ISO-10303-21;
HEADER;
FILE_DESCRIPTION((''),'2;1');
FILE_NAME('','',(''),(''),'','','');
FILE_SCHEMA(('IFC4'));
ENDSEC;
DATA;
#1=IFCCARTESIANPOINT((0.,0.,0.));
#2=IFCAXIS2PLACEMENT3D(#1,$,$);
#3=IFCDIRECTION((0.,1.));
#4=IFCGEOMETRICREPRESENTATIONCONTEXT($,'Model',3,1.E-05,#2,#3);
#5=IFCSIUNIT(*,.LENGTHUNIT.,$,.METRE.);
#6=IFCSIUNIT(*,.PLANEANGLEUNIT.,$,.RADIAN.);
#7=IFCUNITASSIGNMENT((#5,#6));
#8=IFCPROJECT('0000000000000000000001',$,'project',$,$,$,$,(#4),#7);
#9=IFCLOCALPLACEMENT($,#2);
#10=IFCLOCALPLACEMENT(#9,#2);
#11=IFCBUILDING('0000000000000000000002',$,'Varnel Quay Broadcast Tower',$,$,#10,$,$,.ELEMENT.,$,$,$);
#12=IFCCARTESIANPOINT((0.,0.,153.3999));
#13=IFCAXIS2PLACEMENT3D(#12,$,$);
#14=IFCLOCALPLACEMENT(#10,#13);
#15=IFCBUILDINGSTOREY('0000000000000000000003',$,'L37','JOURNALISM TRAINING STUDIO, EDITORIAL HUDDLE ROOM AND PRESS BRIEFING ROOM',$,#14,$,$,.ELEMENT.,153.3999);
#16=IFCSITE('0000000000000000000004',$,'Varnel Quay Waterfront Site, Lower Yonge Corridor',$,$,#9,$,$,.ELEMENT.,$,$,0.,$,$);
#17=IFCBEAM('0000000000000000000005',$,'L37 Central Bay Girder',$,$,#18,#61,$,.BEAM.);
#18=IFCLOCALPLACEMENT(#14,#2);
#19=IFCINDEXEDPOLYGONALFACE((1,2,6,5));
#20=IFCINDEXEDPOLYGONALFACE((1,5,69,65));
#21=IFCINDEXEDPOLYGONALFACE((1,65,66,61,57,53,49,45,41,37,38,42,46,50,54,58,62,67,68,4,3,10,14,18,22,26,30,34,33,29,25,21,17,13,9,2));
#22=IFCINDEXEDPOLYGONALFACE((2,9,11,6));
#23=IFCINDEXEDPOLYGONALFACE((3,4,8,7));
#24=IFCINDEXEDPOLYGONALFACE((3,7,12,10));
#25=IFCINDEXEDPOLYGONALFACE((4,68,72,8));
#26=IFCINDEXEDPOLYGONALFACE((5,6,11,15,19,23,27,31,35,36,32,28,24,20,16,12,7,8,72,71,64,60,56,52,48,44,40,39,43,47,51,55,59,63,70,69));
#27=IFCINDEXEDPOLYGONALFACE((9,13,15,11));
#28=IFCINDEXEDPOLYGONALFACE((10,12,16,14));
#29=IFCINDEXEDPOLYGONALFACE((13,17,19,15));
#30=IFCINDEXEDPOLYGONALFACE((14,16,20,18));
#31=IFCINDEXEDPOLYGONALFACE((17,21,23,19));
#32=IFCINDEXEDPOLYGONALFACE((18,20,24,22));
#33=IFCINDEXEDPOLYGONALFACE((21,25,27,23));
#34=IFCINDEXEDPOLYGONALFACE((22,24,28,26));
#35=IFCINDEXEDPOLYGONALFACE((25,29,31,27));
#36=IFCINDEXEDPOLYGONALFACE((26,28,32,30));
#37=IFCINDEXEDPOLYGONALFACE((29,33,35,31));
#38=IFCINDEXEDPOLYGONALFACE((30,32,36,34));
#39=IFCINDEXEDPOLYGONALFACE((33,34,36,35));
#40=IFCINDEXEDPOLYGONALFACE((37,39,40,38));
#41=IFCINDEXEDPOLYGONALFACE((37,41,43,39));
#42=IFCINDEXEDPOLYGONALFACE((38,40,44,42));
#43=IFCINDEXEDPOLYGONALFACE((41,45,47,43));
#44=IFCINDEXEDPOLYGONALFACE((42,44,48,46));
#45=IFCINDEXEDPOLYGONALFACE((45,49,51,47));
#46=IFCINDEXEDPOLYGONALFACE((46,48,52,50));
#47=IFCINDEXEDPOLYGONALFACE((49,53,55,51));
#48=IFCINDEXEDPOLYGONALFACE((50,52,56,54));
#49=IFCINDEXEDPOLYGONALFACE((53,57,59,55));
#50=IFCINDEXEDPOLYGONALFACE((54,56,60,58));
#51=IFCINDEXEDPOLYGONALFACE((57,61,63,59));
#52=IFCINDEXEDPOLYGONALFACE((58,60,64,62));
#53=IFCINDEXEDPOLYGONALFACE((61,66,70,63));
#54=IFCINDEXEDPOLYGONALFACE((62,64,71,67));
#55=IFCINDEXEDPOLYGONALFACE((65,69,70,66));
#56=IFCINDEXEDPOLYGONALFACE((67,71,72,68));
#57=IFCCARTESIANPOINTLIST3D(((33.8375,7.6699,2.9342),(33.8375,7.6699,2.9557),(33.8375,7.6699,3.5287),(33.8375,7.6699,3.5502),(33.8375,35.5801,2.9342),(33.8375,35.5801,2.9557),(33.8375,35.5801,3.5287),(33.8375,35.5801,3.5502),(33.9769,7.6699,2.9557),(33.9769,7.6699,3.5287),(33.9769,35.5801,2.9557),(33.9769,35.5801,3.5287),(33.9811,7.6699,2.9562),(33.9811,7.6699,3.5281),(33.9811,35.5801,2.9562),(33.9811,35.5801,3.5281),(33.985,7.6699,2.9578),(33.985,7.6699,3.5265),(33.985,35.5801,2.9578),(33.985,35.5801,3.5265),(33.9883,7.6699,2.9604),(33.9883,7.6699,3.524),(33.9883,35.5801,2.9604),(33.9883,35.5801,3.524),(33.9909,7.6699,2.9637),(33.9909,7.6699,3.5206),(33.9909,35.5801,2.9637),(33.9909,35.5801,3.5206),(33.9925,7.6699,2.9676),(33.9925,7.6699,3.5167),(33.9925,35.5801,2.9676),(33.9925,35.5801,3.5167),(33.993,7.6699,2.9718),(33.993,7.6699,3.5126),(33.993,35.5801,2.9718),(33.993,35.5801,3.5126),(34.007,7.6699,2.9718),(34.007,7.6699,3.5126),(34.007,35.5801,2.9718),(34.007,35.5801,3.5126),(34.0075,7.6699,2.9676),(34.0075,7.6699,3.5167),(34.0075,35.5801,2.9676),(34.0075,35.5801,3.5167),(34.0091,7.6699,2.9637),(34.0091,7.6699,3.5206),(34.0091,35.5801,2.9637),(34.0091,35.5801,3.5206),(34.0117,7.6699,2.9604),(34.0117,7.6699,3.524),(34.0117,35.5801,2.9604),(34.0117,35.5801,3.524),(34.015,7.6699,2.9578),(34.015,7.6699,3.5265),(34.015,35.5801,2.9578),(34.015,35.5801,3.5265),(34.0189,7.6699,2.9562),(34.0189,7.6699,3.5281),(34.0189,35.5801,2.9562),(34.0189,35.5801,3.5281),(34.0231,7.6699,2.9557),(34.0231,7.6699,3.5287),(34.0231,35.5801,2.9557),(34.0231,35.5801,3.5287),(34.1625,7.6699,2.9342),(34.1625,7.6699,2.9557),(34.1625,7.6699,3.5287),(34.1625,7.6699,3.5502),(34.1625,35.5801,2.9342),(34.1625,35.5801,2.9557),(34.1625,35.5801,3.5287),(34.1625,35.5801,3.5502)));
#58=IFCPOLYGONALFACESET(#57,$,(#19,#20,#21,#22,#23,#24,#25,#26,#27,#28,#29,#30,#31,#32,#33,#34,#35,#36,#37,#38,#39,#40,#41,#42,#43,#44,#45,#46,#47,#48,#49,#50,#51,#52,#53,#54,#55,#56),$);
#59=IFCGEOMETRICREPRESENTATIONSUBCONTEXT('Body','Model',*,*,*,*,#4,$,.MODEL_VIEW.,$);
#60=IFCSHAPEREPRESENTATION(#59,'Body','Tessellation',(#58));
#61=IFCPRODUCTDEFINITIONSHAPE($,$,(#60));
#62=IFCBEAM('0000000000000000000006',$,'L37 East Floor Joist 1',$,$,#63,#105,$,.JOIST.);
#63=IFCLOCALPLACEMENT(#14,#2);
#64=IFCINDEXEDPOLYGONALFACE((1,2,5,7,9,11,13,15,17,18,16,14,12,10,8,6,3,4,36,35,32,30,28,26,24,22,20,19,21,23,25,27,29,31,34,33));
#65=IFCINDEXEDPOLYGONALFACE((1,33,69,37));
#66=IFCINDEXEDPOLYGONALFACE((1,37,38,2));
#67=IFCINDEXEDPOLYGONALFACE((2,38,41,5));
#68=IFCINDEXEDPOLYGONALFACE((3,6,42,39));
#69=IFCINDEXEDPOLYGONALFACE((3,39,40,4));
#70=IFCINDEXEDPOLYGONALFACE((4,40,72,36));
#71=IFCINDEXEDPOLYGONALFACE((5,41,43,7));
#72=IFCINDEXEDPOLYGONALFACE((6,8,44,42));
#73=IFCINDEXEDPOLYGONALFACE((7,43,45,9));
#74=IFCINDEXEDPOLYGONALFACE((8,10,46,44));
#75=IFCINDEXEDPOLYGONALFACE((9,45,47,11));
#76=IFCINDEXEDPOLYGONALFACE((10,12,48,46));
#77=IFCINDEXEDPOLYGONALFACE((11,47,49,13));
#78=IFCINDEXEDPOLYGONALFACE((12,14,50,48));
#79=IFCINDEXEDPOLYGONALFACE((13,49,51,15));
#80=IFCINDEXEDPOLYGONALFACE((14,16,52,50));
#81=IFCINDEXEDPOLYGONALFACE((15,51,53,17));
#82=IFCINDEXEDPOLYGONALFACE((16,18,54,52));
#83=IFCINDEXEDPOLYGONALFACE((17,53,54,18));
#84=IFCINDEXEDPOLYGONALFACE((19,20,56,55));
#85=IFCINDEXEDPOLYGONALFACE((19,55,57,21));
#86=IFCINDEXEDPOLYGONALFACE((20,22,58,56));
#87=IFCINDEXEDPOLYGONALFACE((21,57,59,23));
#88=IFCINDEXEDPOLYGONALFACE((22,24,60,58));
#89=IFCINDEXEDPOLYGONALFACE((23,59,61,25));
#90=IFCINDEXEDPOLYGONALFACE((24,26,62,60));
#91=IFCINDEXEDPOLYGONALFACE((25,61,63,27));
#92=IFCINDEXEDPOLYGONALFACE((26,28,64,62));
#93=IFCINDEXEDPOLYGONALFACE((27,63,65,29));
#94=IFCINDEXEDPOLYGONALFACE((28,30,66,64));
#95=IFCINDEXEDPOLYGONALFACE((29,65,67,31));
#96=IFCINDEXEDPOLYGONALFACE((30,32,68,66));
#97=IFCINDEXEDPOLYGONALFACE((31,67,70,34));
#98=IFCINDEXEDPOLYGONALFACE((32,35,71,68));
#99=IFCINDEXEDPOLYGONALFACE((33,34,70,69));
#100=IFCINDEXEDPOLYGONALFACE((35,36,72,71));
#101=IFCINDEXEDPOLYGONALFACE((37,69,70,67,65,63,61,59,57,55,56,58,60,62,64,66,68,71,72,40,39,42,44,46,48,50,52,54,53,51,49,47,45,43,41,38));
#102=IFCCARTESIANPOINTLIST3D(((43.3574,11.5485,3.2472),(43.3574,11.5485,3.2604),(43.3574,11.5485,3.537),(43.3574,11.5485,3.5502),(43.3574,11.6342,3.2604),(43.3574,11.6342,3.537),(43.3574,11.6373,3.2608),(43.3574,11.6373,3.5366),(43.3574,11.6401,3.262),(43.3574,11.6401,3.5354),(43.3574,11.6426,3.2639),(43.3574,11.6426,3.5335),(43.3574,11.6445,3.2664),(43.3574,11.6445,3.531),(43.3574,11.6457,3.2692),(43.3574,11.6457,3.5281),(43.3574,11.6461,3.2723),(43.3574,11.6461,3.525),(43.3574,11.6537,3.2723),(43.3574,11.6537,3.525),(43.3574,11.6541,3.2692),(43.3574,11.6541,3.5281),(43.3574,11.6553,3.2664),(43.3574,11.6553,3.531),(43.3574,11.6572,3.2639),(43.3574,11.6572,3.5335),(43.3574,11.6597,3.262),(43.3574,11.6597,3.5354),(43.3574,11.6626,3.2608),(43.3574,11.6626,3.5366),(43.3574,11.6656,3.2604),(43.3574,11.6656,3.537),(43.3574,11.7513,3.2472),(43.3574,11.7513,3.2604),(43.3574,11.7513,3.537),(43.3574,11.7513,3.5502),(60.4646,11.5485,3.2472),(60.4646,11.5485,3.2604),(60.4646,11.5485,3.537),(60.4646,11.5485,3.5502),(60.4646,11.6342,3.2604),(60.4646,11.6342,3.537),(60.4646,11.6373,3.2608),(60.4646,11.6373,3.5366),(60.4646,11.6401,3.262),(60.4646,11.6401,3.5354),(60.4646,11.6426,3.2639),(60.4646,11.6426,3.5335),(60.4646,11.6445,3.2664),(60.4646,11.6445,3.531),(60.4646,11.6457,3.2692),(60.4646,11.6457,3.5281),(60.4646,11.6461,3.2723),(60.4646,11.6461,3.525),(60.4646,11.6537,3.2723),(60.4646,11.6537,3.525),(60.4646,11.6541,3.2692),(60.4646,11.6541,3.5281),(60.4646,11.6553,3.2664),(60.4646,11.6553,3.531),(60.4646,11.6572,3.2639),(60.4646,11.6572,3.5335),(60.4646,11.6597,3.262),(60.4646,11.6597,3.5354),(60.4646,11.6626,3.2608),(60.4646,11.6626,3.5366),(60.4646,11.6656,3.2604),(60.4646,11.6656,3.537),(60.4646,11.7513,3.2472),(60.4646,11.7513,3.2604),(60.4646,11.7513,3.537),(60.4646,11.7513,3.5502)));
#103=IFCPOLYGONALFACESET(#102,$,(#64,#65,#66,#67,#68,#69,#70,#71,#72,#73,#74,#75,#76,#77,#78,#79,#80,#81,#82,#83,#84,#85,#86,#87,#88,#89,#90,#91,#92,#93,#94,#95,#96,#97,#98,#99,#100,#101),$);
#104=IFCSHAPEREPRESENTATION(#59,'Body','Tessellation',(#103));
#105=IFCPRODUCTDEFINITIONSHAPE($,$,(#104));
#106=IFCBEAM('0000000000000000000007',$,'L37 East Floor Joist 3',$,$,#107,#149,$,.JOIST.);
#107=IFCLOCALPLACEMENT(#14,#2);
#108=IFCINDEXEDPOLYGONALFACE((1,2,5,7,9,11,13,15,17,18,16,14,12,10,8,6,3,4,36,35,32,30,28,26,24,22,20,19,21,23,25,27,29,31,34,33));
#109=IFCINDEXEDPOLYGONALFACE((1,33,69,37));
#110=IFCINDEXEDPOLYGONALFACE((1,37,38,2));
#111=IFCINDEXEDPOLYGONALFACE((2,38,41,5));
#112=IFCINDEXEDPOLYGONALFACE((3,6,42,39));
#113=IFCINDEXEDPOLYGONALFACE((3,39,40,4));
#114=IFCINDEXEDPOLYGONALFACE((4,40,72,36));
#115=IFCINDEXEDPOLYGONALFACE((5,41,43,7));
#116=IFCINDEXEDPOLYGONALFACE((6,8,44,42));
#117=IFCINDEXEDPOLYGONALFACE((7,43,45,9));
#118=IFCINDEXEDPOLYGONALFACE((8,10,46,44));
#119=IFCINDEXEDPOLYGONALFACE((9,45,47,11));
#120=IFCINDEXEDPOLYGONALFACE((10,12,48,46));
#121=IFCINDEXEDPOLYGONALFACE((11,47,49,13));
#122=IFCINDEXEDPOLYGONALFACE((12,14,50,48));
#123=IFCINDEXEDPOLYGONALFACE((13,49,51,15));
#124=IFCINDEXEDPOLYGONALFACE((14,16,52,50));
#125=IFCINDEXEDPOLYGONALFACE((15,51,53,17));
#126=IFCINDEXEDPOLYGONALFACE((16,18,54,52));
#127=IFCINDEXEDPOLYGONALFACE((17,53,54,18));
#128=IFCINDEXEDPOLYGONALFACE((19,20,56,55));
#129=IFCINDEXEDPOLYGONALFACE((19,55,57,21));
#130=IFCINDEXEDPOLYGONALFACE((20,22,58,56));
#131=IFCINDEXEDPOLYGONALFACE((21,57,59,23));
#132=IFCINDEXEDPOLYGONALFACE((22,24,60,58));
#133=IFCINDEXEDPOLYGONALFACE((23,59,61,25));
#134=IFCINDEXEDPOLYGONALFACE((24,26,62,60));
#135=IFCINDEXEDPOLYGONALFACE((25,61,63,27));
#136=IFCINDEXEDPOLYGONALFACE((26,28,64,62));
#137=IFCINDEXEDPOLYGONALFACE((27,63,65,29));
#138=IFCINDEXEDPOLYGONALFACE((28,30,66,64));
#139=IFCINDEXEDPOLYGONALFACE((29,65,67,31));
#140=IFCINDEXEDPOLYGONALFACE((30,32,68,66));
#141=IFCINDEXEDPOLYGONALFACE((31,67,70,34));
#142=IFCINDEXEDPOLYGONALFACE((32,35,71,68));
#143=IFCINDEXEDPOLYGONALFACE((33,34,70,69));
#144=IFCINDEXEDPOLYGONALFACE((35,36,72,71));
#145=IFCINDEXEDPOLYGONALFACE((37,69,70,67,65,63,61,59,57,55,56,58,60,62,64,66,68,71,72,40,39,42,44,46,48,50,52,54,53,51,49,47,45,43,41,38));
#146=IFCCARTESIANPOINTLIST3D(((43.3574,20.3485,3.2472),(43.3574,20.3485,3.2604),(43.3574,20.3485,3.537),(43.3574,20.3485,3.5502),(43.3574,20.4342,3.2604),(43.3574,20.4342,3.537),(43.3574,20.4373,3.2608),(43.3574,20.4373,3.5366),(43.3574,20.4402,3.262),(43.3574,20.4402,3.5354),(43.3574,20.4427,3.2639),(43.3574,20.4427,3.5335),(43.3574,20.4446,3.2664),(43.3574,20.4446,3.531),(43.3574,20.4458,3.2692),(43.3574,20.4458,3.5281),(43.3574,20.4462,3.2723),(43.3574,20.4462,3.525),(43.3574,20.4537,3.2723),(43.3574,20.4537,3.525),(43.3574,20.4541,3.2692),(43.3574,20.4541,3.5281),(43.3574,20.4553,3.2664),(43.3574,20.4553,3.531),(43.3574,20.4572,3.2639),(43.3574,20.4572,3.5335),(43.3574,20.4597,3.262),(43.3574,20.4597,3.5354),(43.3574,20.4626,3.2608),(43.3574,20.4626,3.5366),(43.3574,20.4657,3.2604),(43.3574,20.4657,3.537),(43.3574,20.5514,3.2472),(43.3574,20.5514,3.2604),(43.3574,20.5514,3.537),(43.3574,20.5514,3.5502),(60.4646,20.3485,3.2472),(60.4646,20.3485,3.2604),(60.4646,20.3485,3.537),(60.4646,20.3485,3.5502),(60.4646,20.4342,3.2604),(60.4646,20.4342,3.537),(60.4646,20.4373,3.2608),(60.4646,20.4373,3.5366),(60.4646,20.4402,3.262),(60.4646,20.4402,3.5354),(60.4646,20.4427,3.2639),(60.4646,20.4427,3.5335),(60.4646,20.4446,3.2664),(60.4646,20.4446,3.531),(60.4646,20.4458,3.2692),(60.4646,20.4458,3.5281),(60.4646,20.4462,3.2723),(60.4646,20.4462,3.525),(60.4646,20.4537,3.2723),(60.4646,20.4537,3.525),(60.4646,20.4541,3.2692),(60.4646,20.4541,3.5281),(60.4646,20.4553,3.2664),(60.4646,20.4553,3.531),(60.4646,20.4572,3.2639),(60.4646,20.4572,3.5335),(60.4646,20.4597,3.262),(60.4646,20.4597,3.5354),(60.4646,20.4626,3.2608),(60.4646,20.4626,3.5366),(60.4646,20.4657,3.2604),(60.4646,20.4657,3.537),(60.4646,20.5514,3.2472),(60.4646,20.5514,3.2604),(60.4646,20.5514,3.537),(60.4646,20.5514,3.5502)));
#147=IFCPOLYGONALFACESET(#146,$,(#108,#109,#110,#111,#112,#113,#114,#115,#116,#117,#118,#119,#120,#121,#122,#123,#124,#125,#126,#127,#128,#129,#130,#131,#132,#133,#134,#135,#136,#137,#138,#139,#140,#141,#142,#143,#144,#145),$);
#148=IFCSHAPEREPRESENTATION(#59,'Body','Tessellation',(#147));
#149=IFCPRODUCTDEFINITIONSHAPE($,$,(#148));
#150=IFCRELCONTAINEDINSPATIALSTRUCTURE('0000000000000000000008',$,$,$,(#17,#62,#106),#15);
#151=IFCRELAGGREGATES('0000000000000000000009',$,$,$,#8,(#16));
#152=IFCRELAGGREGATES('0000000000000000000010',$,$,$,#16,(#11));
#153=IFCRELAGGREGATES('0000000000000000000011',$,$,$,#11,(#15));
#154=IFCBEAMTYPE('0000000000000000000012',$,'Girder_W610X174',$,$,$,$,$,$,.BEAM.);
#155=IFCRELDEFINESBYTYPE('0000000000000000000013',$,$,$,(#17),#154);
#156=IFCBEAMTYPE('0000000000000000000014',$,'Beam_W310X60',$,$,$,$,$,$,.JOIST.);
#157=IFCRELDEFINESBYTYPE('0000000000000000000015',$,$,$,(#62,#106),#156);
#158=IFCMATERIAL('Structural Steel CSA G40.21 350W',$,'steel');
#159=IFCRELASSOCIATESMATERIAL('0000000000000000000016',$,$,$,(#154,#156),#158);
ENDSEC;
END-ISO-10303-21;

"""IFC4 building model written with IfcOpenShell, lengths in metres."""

from ifc_helpers import new_model, si_unit, direction, frame, origin, origin_2d, place, context, subcontext, project, spatial, i_section, extrude, source, transform, mapped, material, material_profile, profile_set, type_object, type_shapes, element, save


model = new_model("IFC4")

# Units and contexts
model_context = context("Model", 3, precision=1e-05, world=origin(), true_north=direction((0.0, 1.0)))
body_context = subcontext(model_context, "Body", "Model", "MODEL_VIEW")
ifc_project = project(units=[si_unit("LENGTHUNIT", "METRE"), si_unit("PLANEANGLEUNIT", "RADIAN")], contexts=[model_context])

# Site, building, storey
site_placement = place(None, origin())
site = spatial("IfcSite", under=ifc_project, at=site_placement, Name="Varnel Quay Waterfront Site, Lower Yonge Corridor", CompositionType="ELEMENT", RefElevation=0.0)
building_placement = place(site_placement, origin())
building = spatial("IfcBuilding", under=site, at=building_placement, Name="Varnel Quay Broadcast Tower", CompositionType="ELEMENT")
storey_placement = place(building_placement, frame((0.0, 0.0, 153.3999)))
storey = spatial("IfcBuildingStorey", under=building, at=storey_placement, Name="L37", Description="JOURNALISM TRAINING STUDIO, EDITORIAL HUDDLE ROOM AND PRESS BRIEFING ROOM", CompositionType="ELEMENT", Elevation=153.3999)

# Shared definitions
ifc_material_1 = material(Name="Structural Steel CSA G40.21 350W", Category="steel")

# Beams
ifc_material_profile_1 = material_profile(ifc_material_1, i_section(OverallWidth=0.325, OverallDepth=0.616, WebThickness=0.0139, FlangeThickness=0.0215, FilletRadius=0.0161, at=origin_2d()), Name="W610X174")
ifc_profile_set_1 = profile_set([ifc_material_profile_1], Name="Structural Steel CSA G40.21 350W")
beam_type_1 = type_object("IfcBeamType", Name="Girder_W610X174", PredefinedType="BEAM", material=ifc_profile_set_1)
shared_shape_1 = source(origin(), body_context, "Body", "SweptSolid", [
    extrude(i_section(OverallWidth=0.325, OverallDepth=0.616, WebThickness=0.0139, FlangeThickness=0.0215, FilletRadius=0.0161, at=origin_2d()), origin(), (0.0, 0.0, 1.0), 27.9102),
])
beam_1_placement = place(storey_placement, frame((34.0, 7.6699, 3.2422), z_axis=(0.0, 1.0, 0.0), x_axis=(-1.0, 0.0, 0.0)))
element("IfcBeam", 1, at=beam_1_placement, inside=storey, type_object=beam_type_1, Name="L37 Central Bay Girder", PredefinedType="BEAM", context=body_context, shape_type="MappedRepresentation", body=[
    mapped(shared_shape_1, transform((0.0, 0.0, 0.0), x_axis=(1.0, 0.0, 0.0), y_axis=(0.0, 1.0, 0.0), z_axis=(0.0, 0.0, 1.0), scale=1.0)),
])
ifc_material_profile_2 = material_profile(ifc_material_1, i_section(OverallWidth=0.2029, OverallDepth=0.303, WebThickness=0.0076, FlangeThickness=0.0132, FilletRadius=0.012, at=origin_2d()), Name="W310X60")
ifc_profile_set_2 = profile_set([ifc_material_profile_2], Name="Structural Steel CSA G40.21 350W")
beam_type_2 = type_object("IfcBeamType", Name="Beam_W310X60", PredefinedType="JOIST", material=ifc_profile_set_2)
shared_shape_2 = source(origin(), body_context, "Body", "SweptSolid", [
    extrude(i_section(OverallWidth=0.2029, OverallDepth=0.303, WebThickness=0.0076, FlangeThickness=0.0132, FilletRadius=0.012, at=origin_2d()), origin(), (0.0, 0.0, 1.0), 17.1072),
])
type_shapes(beam_type_2, [shared_shape_2])
for number, where, z_axis, x_axis, name in (
    (2, (43.3574, 11.6499, 3.3987), (1.0, 0.0, 0.0), (0.0, 1.0, 0.0), "L37 East Floor Joist 1"),
    (3, (43.3574, 20.45, 3.3987), (1.0, 0.0, 0.0), (0.0, 1.0, 0.0), "L37 East Floor Joist 3"),
):
    element("IfcBeam", number, at=place(storey_placement, frame(where, z_axis=z_axis, x_axis=x_axis)), inside=storey, type_object=beam_type_2, Name=name, PredefinedType="JOIST", context=body_context, shape_type="MappedRepresentation", body=[
        mapped(shared_shape_2, transform((0.0, 0.0, 0.0), x_axis=(1.0, 0.0, 0.0), y_axis=(0.0, 1.0, 0.0), z_axis=(0.0, 0.0, 1.0), scale=1.0)),
    ])

save(model, "model.ifc")
